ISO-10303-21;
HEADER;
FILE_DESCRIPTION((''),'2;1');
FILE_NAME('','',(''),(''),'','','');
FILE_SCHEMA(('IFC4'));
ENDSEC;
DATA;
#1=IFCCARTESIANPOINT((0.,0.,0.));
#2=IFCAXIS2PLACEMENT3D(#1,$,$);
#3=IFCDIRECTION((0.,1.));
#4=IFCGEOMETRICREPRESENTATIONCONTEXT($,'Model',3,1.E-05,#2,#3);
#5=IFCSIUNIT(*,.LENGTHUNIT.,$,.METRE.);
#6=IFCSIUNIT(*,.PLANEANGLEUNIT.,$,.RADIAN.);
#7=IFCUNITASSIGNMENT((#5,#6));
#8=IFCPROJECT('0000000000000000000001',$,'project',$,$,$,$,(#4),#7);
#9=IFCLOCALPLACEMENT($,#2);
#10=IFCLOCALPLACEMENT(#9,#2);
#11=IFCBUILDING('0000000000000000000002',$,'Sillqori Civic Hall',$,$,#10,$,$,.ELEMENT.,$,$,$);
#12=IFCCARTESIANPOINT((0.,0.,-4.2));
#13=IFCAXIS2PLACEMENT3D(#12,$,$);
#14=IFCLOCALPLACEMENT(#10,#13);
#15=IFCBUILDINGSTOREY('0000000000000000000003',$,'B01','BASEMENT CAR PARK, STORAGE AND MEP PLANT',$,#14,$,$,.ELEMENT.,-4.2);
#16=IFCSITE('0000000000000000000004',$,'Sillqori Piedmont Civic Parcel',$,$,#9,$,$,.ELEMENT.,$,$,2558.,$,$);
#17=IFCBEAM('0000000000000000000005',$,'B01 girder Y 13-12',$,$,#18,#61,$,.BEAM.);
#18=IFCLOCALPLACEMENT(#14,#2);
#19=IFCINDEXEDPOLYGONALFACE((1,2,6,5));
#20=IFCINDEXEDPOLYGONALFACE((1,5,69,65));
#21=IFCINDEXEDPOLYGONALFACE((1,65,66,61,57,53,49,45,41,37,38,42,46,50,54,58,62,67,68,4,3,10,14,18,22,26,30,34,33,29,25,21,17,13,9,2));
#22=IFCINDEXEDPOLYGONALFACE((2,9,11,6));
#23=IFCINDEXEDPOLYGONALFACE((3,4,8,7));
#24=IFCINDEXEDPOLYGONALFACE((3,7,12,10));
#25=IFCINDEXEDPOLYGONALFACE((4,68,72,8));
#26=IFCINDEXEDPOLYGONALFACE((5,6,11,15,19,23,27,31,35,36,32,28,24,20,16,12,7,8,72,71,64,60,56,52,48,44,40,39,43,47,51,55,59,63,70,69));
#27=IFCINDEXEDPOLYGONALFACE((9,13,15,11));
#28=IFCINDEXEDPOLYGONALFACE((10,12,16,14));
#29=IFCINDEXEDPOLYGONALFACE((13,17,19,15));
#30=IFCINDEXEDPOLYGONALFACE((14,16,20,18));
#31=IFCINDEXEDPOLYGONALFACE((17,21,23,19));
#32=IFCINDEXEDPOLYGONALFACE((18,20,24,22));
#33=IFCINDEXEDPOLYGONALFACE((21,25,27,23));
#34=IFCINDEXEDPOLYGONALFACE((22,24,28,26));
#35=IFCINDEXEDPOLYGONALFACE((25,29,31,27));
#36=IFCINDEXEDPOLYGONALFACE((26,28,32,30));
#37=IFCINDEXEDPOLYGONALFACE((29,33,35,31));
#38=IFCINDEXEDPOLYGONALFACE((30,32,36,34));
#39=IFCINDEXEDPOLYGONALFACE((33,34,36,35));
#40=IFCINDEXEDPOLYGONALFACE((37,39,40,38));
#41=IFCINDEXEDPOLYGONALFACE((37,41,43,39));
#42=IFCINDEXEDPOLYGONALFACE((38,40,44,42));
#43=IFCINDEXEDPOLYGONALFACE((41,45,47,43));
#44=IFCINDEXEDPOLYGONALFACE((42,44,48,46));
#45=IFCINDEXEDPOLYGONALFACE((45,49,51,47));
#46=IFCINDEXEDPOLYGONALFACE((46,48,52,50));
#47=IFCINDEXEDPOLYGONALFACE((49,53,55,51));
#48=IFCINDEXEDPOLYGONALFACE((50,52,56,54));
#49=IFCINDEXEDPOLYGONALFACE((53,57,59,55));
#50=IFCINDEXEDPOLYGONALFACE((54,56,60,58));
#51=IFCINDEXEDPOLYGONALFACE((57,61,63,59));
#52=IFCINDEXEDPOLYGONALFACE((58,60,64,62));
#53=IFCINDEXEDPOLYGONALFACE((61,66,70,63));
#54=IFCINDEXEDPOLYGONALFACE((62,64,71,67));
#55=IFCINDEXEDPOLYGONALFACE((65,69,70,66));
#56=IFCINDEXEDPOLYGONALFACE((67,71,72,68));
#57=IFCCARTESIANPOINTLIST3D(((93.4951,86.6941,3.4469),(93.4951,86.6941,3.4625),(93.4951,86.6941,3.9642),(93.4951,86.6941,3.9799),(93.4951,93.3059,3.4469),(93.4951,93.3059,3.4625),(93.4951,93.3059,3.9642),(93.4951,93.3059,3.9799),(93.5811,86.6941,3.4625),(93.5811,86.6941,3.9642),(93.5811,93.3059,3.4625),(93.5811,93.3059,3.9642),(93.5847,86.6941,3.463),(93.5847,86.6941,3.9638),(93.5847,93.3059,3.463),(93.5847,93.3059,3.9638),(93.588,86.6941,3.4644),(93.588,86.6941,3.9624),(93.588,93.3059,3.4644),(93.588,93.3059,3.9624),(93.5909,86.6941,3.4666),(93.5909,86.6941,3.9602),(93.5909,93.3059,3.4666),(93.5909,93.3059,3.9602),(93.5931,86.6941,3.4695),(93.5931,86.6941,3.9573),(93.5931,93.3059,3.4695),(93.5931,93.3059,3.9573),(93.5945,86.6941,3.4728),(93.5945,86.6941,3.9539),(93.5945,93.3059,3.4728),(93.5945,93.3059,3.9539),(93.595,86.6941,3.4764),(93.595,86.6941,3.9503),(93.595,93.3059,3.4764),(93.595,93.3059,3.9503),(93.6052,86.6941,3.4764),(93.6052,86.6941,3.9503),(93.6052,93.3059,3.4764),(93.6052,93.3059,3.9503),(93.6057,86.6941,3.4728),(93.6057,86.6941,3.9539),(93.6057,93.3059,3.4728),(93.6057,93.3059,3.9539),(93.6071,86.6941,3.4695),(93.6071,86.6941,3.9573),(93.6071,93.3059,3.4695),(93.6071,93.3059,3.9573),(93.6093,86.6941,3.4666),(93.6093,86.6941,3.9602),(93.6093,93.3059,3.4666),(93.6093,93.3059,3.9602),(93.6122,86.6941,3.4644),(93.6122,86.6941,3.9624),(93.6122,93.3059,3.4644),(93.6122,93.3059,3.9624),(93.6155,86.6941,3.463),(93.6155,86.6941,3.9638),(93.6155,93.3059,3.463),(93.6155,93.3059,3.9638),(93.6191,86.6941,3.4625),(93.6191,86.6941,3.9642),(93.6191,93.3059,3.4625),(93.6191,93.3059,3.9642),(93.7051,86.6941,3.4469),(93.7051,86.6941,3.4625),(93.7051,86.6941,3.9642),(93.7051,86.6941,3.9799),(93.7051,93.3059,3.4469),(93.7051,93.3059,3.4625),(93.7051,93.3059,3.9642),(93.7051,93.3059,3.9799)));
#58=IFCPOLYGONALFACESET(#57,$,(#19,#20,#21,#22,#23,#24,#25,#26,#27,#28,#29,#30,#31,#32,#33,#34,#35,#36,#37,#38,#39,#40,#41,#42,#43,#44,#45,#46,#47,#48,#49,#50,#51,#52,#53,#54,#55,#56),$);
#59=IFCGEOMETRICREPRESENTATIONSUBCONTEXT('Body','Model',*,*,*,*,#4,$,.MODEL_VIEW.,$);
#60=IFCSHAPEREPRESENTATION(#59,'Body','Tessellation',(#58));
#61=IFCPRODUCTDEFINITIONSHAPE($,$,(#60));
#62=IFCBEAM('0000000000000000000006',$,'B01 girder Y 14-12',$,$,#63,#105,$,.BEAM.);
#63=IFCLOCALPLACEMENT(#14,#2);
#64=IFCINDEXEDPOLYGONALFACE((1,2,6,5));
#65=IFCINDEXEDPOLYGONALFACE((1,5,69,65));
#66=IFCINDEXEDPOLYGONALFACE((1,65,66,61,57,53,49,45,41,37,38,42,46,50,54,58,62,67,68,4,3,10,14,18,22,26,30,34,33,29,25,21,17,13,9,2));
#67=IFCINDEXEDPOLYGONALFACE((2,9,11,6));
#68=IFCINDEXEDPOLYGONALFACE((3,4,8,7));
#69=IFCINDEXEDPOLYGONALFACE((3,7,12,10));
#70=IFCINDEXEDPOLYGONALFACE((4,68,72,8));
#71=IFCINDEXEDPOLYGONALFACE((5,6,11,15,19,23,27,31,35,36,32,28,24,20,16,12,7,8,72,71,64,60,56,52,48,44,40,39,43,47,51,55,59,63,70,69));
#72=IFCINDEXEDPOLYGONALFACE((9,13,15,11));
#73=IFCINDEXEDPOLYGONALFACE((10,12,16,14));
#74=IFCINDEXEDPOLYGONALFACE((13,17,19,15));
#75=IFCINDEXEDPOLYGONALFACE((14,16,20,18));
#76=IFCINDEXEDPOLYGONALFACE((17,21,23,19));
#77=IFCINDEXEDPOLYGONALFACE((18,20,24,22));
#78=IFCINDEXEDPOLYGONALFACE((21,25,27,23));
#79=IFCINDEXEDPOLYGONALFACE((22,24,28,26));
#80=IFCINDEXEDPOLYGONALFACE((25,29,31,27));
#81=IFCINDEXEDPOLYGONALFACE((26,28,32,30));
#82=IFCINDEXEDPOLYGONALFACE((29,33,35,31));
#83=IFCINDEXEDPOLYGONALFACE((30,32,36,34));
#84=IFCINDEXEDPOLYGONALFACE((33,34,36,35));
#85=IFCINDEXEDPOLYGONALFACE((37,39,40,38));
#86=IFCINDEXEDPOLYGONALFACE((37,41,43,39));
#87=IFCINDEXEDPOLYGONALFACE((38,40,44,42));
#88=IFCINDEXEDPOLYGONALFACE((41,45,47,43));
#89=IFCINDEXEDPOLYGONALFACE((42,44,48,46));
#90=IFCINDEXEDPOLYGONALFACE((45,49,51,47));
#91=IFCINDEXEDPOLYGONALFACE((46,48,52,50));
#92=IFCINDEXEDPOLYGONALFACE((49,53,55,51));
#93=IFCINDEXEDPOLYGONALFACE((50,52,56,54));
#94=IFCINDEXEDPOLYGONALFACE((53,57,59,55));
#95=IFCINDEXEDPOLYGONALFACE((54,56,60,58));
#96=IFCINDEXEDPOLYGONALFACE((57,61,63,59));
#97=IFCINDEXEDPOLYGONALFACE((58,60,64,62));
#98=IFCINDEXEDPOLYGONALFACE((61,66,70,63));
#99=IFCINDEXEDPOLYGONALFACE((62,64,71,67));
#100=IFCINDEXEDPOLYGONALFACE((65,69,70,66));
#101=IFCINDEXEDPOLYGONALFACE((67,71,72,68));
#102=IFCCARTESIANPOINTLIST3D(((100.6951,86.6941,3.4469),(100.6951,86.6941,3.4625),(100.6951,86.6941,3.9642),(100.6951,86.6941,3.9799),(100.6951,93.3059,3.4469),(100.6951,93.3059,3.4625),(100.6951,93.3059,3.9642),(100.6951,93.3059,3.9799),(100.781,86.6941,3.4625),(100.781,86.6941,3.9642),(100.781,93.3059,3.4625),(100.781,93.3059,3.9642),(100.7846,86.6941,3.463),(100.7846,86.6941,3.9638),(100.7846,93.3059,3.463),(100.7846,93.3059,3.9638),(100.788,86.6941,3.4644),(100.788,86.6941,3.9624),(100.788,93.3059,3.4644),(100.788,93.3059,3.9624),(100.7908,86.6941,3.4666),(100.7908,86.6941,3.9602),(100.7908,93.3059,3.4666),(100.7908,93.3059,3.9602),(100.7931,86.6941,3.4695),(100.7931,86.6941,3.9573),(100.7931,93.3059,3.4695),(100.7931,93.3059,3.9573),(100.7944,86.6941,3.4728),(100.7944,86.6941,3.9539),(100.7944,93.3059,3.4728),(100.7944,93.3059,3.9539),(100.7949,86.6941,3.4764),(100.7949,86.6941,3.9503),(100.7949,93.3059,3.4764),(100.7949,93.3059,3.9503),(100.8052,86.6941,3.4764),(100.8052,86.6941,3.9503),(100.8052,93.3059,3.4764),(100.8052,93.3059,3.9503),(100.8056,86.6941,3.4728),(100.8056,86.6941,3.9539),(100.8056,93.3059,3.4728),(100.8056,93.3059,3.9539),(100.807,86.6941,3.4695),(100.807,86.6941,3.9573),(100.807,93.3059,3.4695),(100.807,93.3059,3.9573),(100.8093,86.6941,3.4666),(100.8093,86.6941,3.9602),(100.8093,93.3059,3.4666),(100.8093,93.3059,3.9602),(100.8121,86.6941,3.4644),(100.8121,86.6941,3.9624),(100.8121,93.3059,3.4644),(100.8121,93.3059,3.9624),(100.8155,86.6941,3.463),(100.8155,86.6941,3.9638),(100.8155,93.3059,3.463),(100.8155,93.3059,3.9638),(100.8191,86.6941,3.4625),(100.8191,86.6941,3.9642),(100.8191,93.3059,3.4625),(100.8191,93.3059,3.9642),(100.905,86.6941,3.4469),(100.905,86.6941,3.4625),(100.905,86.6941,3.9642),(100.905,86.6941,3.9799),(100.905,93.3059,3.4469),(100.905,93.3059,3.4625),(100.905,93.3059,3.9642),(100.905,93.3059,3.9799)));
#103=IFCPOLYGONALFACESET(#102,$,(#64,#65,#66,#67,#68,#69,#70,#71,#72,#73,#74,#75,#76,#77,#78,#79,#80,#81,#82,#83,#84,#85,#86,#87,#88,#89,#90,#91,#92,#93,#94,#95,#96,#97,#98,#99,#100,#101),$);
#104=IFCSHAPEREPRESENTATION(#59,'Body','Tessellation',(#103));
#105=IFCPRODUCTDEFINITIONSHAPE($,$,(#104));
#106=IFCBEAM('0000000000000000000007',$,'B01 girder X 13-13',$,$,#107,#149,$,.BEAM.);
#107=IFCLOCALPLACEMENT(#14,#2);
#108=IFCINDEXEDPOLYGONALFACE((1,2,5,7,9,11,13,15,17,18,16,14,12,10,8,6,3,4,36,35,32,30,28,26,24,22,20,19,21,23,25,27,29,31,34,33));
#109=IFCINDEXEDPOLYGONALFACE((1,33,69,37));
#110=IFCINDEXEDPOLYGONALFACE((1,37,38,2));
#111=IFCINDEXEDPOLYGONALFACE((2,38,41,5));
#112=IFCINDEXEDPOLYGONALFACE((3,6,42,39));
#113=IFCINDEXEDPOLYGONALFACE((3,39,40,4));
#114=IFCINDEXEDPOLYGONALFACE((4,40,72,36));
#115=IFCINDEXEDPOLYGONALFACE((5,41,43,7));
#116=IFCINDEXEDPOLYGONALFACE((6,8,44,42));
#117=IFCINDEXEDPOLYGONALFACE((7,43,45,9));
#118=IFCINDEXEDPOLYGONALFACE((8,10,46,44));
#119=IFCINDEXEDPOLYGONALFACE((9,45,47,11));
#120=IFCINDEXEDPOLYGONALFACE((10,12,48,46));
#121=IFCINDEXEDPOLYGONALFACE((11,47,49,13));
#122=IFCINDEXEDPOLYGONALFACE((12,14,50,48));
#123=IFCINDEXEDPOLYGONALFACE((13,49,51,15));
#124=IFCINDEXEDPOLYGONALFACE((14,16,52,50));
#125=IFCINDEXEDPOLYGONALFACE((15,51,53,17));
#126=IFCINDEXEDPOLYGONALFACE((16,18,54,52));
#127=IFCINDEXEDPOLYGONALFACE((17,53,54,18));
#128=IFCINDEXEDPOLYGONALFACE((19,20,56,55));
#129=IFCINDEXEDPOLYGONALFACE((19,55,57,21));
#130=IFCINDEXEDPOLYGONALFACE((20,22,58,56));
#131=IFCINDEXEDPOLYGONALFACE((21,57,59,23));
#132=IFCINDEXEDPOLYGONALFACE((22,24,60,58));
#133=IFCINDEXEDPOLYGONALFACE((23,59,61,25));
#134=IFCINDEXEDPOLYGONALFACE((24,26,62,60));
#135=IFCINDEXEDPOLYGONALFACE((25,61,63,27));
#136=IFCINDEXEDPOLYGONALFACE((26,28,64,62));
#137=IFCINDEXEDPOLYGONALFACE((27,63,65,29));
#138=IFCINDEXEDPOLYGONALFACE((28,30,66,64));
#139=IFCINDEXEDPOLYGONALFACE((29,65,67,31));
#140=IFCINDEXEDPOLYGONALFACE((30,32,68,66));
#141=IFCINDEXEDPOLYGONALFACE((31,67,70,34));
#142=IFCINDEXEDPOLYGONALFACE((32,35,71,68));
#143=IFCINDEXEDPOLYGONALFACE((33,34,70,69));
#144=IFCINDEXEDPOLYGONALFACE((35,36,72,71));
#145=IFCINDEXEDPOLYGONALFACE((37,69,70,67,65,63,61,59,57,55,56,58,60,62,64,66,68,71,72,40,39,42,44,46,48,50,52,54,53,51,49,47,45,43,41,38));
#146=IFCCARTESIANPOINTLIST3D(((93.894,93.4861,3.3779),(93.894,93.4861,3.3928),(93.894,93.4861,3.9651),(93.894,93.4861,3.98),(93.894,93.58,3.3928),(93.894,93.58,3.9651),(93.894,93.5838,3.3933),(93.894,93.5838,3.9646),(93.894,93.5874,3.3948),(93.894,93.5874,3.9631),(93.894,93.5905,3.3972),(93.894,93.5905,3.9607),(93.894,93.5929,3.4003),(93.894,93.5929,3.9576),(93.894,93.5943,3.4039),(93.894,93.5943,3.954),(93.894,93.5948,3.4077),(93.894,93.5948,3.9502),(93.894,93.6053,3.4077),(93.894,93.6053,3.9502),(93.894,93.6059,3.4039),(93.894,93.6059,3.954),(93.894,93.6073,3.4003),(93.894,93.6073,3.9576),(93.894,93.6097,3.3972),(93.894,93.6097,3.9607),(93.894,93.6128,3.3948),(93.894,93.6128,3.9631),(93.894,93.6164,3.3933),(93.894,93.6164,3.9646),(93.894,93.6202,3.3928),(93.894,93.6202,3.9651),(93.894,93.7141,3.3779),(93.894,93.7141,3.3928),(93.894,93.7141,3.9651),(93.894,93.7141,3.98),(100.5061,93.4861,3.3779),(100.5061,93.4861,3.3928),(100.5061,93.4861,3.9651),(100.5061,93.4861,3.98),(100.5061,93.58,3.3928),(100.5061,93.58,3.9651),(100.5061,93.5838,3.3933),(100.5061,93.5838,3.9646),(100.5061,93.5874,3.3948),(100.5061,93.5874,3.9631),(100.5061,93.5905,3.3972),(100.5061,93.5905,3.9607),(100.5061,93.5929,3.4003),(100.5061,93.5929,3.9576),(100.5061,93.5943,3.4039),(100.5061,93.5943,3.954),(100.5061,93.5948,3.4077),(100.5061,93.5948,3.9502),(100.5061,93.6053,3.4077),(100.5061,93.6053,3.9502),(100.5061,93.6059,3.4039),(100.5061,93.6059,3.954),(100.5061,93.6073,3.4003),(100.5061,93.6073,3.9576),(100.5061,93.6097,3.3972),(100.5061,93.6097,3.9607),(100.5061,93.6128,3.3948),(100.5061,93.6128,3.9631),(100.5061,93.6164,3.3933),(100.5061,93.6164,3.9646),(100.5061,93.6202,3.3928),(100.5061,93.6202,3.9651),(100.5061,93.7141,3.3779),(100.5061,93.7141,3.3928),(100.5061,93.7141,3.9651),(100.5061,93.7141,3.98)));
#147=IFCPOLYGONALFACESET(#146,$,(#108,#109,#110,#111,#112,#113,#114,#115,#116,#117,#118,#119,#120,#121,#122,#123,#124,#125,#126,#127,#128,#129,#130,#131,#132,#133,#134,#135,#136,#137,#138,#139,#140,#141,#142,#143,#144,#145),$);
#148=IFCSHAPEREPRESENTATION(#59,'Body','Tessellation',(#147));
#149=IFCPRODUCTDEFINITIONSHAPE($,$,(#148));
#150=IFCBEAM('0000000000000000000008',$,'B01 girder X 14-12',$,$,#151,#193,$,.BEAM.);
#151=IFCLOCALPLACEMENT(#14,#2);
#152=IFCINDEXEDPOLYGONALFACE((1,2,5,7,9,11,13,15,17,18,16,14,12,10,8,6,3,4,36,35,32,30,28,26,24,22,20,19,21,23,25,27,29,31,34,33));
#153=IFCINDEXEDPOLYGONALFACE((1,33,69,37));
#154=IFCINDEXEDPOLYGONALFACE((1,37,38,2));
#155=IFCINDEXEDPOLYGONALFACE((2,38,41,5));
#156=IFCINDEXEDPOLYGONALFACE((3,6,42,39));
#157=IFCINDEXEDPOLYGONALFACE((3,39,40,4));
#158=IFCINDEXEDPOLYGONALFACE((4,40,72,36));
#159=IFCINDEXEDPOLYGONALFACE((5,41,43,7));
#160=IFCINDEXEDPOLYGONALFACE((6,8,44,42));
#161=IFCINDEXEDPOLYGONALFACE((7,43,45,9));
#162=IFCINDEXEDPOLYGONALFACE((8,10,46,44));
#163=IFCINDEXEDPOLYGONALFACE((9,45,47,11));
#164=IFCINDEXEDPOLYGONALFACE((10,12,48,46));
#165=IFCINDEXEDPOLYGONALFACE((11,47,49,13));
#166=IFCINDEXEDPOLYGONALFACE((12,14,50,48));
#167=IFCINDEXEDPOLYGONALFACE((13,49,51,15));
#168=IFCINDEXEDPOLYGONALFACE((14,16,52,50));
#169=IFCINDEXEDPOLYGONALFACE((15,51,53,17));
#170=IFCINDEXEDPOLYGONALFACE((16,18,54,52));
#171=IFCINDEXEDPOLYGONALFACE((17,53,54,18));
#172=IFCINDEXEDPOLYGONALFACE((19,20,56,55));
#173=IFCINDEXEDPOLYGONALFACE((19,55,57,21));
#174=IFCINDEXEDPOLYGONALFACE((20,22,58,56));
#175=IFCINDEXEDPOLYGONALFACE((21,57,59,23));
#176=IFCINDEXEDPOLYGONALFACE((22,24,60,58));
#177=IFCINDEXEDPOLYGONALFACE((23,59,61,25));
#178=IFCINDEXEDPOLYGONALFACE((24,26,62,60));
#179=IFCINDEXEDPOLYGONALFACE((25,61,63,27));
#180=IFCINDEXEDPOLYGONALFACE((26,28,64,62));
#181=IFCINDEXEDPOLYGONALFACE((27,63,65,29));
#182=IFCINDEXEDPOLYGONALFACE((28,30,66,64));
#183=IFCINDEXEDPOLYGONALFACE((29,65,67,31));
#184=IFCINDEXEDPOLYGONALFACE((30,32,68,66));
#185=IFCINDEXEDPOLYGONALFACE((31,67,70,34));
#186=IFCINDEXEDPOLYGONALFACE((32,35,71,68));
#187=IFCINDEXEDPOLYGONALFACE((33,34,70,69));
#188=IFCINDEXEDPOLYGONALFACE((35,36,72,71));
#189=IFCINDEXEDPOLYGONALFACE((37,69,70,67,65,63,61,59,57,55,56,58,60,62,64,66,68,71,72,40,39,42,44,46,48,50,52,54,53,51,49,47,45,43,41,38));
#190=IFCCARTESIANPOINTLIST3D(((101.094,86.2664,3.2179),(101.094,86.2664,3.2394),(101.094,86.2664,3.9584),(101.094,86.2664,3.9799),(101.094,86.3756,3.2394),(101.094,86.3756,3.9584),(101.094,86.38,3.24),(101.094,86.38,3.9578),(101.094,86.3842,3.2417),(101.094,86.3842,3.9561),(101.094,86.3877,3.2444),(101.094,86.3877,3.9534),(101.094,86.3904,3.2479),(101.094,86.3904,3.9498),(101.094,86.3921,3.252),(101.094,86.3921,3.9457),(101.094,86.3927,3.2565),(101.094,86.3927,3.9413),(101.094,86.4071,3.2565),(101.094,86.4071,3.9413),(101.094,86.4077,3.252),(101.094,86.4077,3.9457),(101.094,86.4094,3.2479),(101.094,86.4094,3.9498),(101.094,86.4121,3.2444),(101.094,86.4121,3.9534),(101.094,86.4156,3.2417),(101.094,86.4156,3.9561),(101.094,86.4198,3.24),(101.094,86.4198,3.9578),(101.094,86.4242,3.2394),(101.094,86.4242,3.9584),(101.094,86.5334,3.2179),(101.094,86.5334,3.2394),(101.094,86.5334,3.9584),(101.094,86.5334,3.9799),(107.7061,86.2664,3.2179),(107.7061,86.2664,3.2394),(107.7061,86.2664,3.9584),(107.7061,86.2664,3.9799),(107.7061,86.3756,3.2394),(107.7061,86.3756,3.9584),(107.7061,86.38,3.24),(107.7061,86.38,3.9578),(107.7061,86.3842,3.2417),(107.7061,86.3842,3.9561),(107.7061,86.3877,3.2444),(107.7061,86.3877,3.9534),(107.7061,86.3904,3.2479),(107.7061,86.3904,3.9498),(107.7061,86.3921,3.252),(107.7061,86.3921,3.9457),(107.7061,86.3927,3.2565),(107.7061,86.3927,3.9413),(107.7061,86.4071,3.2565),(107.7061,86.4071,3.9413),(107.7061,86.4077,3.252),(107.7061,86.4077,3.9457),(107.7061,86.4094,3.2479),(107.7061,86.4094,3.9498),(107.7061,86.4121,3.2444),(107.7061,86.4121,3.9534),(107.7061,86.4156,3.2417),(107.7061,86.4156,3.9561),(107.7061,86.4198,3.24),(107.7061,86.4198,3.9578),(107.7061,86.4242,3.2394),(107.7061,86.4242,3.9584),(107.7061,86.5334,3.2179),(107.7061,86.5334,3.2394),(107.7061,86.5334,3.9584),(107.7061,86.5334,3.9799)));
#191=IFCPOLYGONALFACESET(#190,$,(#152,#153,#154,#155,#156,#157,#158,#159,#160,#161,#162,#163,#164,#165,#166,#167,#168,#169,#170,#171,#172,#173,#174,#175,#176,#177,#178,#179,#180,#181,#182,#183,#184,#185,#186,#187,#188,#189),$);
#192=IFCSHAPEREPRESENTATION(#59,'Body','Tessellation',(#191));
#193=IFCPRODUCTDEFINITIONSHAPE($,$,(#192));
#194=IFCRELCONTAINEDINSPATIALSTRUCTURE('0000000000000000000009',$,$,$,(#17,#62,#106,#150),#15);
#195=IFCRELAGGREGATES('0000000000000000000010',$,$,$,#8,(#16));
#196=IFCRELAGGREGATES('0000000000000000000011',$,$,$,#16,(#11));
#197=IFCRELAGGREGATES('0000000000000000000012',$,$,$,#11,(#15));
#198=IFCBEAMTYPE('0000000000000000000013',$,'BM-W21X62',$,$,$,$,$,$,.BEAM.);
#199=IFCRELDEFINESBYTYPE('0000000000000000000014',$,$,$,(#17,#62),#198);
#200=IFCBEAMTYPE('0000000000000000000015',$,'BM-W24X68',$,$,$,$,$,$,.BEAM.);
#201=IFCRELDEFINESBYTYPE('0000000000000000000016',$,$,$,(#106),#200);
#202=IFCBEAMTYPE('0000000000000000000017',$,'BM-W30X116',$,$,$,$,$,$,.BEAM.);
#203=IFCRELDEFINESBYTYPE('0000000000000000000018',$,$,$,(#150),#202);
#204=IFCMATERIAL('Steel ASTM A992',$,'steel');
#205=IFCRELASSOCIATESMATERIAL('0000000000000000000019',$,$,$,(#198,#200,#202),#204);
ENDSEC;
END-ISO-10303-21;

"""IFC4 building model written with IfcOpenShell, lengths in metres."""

from ifc_helpers import new_model, si_unit, direction, frame, origin, origin_2d, place, context, subcontext, project, spatial, i_section, extrude, material, material_profile, profile_set, type_object, element, save


model = new_model("IFC4")

# Units and contexts
model_context = context("Model", 3, precision=1e-05, world=origin(), true_north=direction((0.0, 1.0)))
body_context = subcontext(model_context, "Body", "Model", "MODEL_VIEW")
ifc_project = project(units=[si_unit("LENGTHUNIT", "METRE"), si_unit("PLANEANGLEUNIT", "RADIAN")], contexts=[model_context])

# Site, building, storey
site_placement = place(None, origin())
site = spatial("IfcSite", under=ifc_project, at=site_placement, Name="Sillqori Piedmont Civic Parcel", CompositionType="ELEMENT", RefElevation=2558.0)
building_placement = place(site_placement, origin())
building = spatial("IfcBuilding", under=site, at=building_placement, Name="Sillqori Civic Hall", CompositionType="ELEMENT")
storey_placement = place(building_placement, frame((0.0, 0.0, -4.2)))
storey = spatial("IfcBuildingStorey", under=building, at=storey_placement, Name="B01", Description="BASEMENT CAR PARK, STORAGE AND MEP PLANT", CompositionType="ELEMENT", Elevation=-4.2)

# Beams
ifc_material_1 = material(Name="Steel ASTM A992", Category="steel")
ifc_material_profile_1 = material_profile(ifc_material_1, i_section(OverallWidth=0.21, OverallDepth=0.533, WebThickness=0.0103, FlangeThickness=0.0156, FilletRadius=0.0139, at=origin_2d()), Name="W21X62")
ifc_profile_set_1 = profile_set([ifc_material_profile_1], Name="Steel ASTM A992")
beam_type_1 = type_object("IfcBeamType", Name="BM-W21X62", PredefinedType="BEAM", material=ifc_profile_set_1)
for number, where, z_axis, x_axis, name in (
    (1, (93.6001, 86.6941, 3.7134), (0.0, 1.0, 0.0), (-1.0, 0.0, 0.0), "B01 girder Y 13-12"),
    (2, (100.8, 86.6941, 3.7134), (0.0, 1.0, 0.0), (-1.0, 0.0, 0.0), "B01 girder Y 14-12"),
):
    element("IfcBeam", number, at=place(storey_placement, frame(where, z_axis=z_axis, x_axis=x_axis)), inside=storey, type_object=beam_type_1, Name=name, PredefinedType="BEAM", context=body_context, shape_type="SweptSolid", body=[
        extrude(i_section(OverallWidth=0.21, OverallDepth=0.533, WebThickness=0.0103, FlangeThickness=0.0156, FilletRadius=0.0139, at=origin_2d()), origin(), (0.0, 0.0, 1.0), 6.6118),
    ])
ifc_material_profile_2 = material_profile(ifc_material_1, i_section(OverallWidth=0.228, OverallDepth=0.6021, WebThickness=0.0105, FlangeThickness=0.0149, FilletRadius=0.0149, at=origin_2d()), Name="W24X68")
ifc_profile_set_2 = profile_set([ifc_material_profile_2], Name="Steel ASTM A992")
beam_type_2 = type_object("IfcBeamType", Name="BM-W24X68", PredefinedType="BEAM", material=ifc_profile_set_2)
beam_1_placement = place(storey_placement, frame((93.894, 93.6001, 3.679), z_axis=(1.0, 0.0, 0.0), x_axis=(0.0, 1.0, 0.0)))
element("IfcBeam", 3, at=beam_1_placement, inside=storey, type_object=beam_type_2, Name="B01 girder X 13-13", PredefinedType="BEAM", context=body_context, shape_type="SweptSolid", body=[
    extrude(i_section(OverallWidth=0.228, OverallDepth=0.6021, WebThickness=0.0105, FlangeThickness=0.0149, FilletRadius=0.0149, at=origin_2d()), origin(), (0.0, 0.0, 1.0), 6.6121),
])
ifc_material_profile_3 = material_profile(ifc_material_1, i_section(OverallWidth=0.2671, OverallDepth=0.762, WebThickness=0.0144, FlangeThickness=0.0215, FilletRadius=0.0171, at=origin_2d()), Name="W30X116")
ifc_profile_set_3 = profile_set([ifc_material_profile_3], Name="Steel ASTM A992")
beam_type_3 = type_object("IfcBeamType", Name="BM-W30X116", PredefinedType="BEAM", material=ifc_profile_set_3)
beam_2_placement = place(storey_placement, frame((101.094, 86.3999, 3.5989), z_axis=(1.0, 0.0, 0.0), x_axis=(0.0, 1.0, 0.0)))
element("IfcBeam", 4, at=beam_2_placement, inside=storey, type_object=beam_type_3, Name="B01 girder X 14-12", PredefinedType="BEAM", context=body_context, shape_type="SweptSolid", body=[
    extrude(i_section(OverallWidth=0.2671, OverallDepth=0.762, WebThickness=0.0144, FlangeThickness=0.0215, FilletRadius=0.0171, at=origin_2d()), origin(), (0.0, 0.0, 1.0), 6.6121),
])

save(model, "model.ifc")
